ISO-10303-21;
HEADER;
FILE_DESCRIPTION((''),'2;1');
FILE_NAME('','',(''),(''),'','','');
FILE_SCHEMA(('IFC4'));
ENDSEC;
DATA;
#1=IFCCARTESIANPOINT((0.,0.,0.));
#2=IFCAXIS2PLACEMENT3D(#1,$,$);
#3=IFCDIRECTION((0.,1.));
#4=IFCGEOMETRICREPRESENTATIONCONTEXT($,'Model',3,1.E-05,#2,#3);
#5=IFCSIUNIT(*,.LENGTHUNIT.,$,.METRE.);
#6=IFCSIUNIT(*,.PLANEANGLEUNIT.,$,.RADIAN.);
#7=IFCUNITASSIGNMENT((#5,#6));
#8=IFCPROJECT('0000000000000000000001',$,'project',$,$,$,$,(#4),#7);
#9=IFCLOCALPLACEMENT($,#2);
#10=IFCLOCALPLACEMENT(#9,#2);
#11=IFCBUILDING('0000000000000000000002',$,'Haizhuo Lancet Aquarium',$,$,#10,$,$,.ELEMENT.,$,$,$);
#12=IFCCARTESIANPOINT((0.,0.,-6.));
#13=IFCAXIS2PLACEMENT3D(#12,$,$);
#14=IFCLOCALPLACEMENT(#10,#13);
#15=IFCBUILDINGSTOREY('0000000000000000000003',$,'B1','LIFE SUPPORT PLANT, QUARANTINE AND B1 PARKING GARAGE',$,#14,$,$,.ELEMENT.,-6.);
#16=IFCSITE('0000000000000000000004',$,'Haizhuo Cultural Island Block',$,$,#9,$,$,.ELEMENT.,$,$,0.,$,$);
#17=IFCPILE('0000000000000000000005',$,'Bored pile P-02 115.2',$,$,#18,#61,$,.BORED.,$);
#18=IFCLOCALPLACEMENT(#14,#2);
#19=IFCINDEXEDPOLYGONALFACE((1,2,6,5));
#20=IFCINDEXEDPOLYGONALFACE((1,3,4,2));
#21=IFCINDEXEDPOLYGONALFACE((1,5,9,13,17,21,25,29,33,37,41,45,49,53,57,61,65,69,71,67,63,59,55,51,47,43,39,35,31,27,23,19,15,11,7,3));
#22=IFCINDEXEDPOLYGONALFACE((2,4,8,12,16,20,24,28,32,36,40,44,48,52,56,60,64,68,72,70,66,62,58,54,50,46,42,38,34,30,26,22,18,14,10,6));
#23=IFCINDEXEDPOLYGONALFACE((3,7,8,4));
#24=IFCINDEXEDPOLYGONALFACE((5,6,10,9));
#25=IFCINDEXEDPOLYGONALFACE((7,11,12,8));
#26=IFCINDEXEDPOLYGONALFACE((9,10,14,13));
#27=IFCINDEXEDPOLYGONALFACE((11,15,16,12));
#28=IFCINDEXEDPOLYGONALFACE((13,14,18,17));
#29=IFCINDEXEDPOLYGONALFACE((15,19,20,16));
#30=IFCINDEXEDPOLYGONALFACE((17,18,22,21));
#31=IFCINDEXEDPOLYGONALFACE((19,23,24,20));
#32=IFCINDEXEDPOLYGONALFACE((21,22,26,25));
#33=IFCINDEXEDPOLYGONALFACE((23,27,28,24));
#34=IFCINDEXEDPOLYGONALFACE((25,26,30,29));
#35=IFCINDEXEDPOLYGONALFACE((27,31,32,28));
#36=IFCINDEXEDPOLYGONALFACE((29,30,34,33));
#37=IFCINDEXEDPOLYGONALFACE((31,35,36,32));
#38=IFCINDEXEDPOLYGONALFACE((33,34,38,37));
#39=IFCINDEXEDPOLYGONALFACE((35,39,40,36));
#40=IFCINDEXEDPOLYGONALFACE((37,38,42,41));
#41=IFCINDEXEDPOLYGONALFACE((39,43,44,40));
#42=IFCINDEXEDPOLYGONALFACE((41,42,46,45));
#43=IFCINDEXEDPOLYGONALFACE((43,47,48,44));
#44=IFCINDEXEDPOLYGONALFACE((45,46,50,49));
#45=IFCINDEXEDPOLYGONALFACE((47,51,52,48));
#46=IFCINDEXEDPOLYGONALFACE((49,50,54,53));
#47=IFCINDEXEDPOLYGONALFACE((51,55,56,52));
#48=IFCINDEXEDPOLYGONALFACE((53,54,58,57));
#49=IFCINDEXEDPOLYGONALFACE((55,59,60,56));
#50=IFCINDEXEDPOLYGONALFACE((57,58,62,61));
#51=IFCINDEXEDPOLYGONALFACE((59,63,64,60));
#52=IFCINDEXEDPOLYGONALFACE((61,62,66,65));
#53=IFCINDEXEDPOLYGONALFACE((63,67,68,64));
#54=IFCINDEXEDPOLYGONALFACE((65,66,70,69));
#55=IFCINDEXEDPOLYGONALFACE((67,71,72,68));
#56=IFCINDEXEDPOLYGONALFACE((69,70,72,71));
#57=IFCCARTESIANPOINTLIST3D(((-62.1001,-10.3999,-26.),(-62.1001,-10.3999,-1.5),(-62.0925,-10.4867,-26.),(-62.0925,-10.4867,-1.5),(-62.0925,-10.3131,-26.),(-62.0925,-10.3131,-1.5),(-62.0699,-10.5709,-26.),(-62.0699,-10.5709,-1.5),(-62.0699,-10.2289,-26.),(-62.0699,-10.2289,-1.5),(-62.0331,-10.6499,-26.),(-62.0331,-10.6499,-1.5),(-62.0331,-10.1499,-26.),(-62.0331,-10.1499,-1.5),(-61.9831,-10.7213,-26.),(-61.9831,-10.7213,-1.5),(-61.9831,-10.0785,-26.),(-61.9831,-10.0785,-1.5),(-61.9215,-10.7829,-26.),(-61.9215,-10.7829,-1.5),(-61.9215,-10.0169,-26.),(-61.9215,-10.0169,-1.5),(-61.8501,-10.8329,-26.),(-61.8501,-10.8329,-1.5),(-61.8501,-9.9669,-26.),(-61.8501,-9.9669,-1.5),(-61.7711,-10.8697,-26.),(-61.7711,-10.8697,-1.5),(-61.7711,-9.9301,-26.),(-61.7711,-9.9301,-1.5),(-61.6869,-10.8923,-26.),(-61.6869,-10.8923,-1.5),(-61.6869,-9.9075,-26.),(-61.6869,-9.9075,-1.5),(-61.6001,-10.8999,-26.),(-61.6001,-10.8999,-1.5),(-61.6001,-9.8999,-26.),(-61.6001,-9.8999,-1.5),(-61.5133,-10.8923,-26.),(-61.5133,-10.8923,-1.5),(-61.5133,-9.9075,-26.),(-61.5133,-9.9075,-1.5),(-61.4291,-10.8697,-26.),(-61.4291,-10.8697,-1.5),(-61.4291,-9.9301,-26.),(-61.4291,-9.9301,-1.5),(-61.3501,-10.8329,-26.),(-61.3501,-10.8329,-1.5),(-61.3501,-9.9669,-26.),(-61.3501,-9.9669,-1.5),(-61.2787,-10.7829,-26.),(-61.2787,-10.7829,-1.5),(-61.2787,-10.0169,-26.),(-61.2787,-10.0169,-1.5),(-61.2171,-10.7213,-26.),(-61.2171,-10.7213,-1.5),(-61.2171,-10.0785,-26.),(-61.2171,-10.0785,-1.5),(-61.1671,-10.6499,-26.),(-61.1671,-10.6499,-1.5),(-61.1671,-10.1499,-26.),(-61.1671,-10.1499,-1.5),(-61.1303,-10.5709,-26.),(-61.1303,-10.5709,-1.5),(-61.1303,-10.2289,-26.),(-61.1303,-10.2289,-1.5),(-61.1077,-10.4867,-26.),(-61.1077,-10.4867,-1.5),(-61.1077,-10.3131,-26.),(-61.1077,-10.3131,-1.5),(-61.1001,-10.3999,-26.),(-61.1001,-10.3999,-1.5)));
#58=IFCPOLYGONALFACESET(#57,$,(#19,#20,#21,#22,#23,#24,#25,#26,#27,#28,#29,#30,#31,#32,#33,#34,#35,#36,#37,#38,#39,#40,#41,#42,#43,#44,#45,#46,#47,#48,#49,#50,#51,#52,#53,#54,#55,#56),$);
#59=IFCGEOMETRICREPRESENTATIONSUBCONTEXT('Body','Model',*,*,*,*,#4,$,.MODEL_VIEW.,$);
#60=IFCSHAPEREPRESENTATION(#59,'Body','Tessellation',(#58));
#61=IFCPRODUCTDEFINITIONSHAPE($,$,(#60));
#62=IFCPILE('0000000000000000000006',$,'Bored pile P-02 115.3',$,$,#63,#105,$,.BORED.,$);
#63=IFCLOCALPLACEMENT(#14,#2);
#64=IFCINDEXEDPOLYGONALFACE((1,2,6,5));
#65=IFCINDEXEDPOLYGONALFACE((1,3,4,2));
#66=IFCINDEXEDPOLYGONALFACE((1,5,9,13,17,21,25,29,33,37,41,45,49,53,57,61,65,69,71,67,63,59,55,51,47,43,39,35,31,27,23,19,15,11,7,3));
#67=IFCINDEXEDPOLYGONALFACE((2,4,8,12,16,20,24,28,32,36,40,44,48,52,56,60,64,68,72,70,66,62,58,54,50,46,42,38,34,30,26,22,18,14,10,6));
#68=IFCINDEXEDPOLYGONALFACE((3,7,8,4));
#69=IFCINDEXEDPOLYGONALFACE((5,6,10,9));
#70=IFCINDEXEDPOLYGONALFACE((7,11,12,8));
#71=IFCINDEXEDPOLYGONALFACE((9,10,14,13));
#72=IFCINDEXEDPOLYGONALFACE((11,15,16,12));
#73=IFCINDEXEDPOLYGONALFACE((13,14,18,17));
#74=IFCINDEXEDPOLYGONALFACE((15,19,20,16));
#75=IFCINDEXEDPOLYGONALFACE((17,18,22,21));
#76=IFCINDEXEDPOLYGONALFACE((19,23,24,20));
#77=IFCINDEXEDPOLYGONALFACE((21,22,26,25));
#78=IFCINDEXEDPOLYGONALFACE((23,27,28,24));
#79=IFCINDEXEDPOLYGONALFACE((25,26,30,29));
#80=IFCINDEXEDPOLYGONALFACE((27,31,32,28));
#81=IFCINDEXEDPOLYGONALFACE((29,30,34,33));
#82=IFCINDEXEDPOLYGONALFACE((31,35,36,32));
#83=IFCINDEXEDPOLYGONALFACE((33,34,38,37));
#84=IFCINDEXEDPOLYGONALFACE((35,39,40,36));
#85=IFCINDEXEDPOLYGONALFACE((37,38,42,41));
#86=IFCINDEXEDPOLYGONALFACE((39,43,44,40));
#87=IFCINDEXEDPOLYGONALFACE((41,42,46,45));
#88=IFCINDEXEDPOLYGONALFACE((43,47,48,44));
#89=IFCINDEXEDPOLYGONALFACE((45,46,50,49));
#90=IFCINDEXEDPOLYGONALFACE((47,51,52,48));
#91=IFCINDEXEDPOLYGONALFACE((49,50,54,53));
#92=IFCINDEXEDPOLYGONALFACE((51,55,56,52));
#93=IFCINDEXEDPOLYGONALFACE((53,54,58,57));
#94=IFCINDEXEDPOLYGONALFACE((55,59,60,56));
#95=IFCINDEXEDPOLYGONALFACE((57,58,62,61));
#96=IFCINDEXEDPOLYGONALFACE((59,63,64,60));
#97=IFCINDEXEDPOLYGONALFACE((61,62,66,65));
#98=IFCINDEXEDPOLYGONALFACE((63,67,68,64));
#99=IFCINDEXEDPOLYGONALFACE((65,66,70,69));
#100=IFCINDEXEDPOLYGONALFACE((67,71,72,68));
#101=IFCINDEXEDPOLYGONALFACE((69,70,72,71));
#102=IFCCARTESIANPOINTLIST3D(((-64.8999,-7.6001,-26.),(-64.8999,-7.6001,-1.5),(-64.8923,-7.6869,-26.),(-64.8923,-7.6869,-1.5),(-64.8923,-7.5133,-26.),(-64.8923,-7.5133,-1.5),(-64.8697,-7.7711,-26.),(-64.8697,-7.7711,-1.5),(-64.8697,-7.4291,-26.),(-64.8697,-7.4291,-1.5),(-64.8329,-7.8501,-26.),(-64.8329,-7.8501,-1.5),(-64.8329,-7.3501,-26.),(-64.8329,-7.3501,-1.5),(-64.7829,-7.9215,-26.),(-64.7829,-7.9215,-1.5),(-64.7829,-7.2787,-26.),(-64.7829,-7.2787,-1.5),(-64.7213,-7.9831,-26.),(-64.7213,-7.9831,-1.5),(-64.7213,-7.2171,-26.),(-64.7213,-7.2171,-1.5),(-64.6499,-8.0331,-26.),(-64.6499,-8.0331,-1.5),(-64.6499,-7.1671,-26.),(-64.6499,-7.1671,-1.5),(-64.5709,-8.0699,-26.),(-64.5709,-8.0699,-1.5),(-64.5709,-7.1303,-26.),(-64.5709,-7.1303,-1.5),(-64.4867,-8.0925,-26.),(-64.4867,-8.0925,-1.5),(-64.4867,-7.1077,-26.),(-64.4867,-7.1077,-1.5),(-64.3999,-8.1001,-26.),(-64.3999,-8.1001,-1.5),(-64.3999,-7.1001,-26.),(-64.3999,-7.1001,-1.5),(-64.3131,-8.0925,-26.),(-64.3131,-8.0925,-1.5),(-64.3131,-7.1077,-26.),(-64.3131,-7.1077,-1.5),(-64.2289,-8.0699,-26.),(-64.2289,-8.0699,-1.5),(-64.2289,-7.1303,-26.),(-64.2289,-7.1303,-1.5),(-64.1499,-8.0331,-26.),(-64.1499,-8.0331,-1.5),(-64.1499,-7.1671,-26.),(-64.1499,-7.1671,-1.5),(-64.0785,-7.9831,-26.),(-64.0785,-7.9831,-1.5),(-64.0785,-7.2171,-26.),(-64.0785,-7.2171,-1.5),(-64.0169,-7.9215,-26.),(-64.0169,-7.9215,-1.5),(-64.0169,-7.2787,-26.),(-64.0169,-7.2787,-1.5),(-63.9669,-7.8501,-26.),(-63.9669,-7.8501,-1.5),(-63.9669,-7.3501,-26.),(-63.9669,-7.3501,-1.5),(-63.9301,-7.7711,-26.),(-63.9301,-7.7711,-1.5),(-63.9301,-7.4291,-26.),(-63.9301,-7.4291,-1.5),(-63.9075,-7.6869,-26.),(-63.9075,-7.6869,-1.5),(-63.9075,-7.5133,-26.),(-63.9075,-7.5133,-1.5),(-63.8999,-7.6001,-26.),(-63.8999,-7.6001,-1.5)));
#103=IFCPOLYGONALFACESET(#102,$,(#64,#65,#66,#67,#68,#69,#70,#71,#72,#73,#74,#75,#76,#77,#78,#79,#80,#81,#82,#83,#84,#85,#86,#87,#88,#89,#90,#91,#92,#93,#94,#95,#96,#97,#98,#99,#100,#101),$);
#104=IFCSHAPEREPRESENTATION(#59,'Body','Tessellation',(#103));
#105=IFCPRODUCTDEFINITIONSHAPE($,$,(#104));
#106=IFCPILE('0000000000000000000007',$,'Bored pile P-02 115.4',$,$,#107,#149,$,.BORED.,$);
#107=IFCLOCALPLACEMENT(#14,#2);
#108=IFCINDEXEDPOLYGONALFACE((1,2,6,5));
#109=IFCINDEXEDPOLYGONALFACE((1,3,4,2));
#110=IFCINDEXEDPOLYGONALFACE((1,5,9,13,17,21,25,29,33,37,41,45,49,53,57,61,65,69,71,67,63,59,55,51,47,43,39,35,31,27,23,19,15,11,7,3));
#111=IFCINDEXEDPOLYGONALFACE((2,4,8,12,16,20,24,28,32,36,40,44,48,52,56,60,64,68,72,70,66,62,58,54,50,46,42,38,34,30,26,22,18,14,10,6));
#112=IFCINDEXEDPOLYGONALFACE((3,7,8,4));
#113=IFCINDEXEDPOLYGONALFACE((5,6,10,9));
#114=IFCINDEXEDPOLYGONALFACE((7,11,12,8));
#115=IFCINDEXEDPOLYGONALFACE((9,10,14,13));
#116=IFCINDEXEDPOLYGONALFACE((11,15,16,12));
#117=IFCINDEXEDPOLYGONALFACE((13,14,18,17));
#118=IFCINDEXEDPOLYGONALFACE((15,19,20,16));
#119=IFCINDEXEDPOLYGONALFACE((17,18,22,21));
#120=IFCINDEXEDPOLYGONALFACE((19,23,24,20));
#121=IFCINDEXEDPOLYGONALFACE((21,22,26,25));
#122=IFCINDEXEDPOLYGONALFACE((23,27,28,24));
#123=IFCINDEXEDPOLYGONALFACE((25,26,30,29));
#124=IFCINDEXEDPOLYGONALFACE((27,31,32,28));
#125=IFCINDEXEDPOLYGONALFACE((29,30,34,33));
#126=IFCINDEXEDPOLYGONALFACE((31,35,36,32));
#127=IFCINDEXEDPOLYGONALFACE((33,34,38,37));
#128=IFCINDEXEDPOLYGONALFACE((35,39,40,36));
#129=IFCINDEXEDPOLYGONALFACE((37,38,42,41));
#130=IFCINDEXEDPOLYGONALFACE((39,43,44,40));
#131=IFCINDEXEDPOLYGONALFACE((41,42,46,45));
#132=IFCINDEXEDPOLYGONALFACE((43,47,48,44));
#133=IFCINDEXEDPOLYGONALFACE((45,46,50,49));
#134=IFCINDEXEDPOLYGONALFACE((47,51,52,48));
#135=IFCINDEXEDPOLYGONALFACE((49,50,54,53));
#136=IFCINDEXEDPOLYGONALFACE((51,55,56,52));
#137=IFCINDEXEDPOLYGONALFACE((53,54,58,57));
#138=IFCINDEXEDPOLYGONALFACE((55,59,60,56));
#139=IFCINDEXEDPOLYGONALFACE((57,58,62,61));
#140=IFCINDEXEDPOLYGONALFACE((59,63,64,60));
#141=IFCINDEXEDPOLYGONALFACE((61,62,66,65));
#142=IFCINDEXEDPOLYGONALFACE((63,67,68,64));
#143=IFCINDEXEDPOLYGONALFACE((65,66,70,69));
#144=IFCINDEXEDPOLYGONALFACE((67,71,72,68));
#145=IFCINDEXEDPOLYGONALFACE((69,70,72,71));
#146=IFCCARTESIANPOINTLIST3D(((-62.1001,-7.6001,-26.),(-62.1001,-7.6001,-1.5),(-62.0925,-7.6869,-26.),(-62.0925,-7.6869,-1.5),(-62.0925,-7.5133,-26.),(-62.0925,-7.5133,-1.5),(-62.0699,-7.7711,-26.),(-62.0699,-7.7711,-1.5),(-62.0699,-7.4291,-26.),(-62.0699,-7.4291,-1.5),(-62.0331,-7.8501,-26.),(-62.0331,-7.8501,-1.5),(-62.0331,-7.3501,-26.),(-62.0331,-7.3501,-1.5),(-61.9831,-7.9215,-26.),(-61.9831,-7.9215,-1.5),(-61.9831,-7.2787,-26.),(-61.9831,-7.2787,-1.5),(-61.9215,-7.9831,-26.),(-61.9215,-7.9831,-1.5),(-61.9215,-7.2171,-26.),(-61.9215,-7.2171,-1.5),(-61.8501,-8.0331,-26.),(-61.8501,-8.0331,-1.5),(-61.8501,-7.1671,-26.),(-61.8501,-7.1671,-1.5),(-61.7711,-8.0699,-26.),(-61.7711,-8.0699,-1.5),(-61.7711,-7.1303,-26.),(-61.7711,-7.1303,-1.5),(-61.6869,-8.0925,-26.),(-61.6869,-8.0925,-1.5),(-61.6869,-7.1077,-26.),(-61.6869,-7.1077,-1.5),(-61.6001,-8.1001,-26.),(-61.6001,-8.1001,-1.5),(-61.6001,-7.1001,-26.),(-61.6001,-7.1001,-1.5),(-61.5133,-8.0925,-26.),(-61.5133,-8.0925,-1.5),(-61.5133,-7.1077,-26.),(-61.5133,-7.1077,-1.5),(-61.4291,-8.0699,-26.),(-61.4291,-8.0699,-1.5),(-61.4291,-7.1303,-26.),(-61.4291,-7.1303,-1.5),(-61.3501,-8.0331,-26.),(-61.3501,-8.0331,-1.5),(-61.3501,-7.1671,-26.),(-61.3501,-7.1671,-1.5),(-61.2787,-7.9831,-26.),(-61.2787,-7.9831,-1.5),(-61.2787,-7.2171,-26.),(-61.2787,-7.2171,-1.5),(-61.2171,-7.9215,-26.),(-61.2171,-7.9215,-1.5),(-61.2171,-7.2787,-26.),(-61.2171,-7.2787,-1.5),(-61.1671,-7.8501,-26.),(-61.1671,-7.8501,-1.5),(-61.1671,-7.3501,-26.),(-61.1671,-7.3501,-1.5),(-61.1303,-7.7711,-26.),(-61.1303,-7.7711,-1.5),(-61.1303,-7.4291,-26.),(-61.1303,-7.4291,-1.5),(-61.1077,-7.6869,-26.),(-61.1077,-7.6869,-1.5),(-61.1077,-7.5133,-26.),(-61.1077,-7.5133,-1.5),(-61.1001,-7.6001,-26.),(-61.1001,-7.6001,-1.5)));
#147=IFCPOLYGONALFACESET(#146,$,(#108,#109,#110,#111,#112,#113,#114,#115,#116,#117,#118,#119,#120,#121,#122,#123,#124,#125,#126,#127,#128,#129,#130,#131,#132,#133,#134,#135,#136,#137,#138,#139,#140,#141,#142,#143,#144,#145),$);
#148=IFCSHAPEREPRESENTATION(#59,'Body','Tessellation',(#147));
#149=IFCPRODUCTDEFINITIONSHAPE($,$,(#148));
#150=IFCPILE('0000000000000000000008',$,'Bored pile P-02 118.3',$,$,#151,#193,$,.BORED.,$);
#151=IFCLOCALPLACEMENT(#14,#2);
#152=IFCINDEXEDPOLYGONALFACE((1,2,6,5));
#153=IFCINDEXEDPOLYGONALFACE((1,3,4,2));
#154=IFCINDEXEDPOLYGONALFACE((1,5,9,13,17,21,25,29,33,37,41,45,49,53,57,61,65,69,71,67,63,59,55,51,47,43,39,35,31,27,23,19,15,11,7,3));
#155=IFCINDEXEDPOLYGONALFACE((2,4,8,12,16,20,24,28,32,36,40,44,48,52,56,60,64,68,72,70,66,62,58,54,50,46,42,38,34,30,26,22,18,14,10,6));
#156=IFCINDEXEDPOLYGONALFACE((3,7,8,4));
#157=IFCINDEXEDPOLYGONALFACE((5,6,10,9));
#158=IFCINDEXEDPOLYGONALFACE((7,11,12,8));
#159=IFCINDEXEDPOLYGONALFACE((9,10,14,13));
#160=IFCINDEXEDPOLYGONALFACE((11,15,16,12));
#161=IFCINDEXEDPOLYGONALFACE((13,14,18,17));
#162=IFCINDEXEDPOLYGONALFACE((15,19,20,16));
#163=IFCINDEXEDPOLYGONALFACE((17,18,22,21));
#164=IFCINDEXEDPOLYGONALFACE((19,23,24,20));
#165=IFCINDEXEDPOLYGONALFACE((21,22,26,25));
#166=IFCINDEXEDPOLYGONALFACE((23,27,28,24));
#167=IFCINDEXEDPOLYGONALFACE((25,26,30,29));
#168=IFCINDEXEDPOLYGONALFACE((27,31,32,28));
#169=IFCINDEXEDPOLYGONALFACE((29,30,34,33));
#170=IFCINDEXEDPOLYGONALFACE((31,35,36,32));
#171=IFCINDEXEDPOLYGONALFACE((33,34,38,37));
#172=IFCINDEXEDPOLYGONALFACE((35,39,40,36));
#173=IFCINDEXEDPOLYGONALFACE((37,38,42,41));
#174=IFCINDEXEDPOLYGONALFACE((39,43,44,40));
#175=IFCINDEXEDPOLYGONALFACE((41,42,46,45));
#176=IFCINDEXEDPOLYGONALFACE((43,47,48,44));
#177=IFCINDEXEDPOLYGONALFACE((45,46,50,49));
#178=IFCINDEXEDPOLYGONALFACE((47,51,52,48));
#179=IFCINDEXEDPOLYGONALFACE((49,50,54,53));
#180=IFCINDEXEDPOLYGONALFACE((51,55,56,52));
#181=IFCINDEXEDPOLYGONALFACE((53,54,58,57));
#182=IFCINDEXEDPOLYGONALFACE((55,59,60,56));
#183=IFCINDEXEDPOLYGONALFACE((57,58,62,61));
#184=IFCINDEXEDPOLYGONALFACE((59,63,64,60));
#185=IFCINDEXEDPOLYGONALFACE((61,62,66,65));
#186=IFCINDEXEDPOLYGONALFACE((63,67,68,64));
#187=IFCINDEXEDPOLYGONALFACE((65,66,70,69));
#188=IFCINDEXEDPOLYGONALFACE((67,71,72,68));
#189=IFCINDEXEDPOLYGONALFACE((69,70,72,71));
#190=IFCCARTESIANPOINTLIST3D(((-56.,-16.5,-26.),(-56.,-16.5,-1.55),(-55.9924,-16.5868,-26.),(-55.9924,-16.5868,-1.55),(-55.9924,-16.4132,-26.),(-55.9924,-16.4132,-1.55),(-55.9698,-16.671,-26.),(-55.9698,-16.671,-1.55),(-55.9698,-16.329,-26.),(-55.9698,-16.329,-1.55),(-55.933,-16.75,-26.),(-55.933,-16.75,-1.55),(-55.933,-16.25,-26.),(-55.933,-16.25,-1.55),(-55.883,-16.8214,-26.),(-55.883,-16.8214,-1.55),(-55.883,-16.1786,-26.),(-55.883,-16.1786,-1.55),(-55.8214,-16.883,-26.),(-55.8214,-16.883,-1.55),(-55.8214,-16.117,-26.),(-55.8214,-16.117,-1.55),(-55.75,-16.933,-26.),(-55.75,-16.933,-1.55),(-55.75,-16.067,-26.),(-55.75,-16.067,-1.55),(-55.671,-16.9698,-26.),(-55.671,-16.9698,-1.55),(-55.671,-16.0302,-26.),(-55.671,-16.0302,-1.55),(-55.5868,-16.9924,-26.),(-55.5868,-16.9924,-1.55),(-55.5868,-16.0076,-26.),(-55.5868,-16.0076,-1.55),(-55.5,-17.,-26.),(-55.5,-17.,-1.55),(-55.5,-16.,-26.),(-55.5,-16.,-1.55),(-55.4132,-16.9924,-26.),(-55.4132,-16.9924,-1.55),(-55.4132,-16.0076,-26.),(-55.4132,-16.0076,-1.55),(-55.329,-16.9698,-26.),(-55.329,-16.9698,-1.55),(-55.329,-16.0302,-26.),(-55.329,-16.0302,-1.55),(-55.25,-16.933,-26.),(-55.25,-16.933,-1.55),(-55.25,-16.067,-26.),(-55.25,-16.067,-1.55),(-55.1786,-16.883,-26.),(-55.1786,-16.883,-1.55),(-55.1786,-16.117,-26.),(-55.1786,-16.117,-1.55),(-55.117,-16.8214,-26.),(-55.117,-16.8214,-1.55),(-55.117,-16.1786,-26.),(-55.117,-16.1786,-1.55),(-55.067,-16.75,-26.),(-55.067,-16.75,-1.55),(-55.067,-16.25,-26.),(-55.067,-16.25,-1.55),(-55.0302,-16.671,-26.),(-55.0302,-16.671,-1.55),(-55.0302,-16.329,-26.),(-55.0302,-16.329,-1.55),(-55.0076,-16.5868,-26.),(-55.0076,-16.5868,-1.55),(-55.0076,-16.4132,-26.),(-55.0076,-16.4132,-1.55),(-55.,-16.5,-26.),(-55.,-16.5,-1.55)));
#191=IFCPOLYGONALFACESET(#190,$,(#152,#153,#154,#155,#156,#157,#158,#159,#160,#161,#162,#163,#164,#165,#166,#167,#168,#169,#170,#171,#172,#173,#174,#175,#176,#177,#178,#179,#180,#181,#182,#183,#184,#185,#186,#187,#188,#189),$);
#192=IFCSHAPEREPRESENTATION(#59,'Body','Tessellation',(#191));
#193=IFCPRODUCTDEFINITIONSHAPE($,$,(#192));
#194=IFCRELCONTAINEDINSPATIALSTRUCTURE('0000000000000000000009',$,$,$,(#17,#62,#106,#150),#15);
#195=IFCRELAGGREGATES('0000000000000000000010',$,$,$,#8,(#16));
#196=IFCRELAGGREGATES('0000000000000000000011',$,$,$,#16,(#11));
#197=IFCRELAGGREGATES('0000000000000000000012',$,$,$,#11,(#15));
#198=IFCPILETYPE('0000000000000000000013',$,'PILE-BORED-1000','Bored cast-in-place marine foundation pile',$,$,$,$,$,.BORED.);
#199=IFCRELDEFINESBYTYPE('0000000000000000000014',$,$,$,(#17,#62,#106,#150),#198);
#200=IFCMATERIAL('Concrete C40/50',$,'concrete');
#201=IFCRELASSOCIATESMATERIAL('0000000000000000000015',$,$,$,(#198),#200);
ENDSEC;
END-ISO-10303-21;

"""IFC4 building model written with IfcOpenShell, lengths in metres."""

from ifc_helpers import new_model, si_unit, direction, frame, origin, origin_2d, place, context, subcontext, project, spatial, circle, extrude, material, material_profile, profile_set, type_object, element, save


model = new_model("IFC4")

# Units and contexts
model_context = context("Model", 3, precision=1e-05, world=origin(), true_north=direction((0.0, 1.0)))
body_context = subcontext(model_context, "Body", "Model", "MODEL_VIEW")
ifc_project = project(units=[si_unit("LENGTHUNIT", "METRE"), si_unit("PLANEANGLEUNIT", "RADIAN")], contexts=[model_context])

# Site, building, storey
site_placement = place(None, origin())
site = spatial("IfcSite", under=ifc_project, at=site_placement, Name="Haizhuo Cultural Island Block", CompositionType="ELEMENT", RefElevation=0.0)
building_placement = place(site_placement, origin())
building = spatial("IfcBuilding", under=site, at=building_placement, Name="Haizhuo Lancet Aquarium", CompositionType="ELEMENT")
storey_placement = place(building_placement, frame((0.0, 0.0, -6.0)))
storey = spatial("IfcBuildingStorey", under=building, at=storey_placement, Name="B1", Description="LIFE SUPPORT PLANT, QUARANTINE AND B1 PARKING GARAGE", CompositionType="ELEMENT", Elevation=-6.0)

# Shared definitions
ifc_material_1 = material(Name="Concrete C40/50", Category="concrete")

# Piles
ifc_material_profile_1 = material_profile(ifc_material_1, circle(Radius=0.5, at=origin_2d()), Name="PILE-1000")
ifc_profile_set_1 = profile_set([ifc_material_profile_1], Name="Concrete C40/50")
pile_type = type_object("IfcPileType", Name="PILE-BORED-1000", Description="Bored cast-in-place marine foundation pile", PredefinedType="BORED", material=ifc_profile_set_1)
for number, where, z_axis, x_axis, name in (
    (1, (-61.6001, -10.3999, -1.5), (0.0, 0.0, -1.0), (1.0, 0.0, 0.0), "Bored pile P-02 115.2"),
    (2, (-64.3999, -7.6001, -1.5), (0.0, 0.0, -1.0), (1.0, 0.0, 0.0), "Bored pile P-02 115.3"),
    (3, (-61.6001, -7.6001, -1.5), (0.0, 0.0, -1.0), (1.0, 0.0, 0.0), "Bored pile P-02 115.4"),
):
    element("IfcPile", number, at=place(storey_placement, frame(where, z_axis=z_axis, x_axis=x_axis)), inside=storey, type_object=pile_type, Name=name, PredefinedType="BORED", context=body_context, shape_type="SweptSolid", body=[
        extrude(circle(Radius=0.5, at=origin_2d()), origin(), (0.0, 0.0, 1.0), 24.5),
    ])
pile_1_placement = place(storey_placement, frame((-55.5, -16.5, -1.55), z_axis=(0.0, 0.0, -1.0), x_axis=(1.0, 0.0, 0.0)))
element("IfcPile", 4, at=pile_1_placement, inside=storey, type_object=pile_type, Name="Bored pile P-02 118.3", PredefinedType="BORED", context=body_context, shape_type="SweptSolid", body=[
    extrude(circle(Radius=0.5, at=origin_2d()), origin(), (0.0, 0.0, 1.0), 24.45),
])

save(model, "model.ifc")
